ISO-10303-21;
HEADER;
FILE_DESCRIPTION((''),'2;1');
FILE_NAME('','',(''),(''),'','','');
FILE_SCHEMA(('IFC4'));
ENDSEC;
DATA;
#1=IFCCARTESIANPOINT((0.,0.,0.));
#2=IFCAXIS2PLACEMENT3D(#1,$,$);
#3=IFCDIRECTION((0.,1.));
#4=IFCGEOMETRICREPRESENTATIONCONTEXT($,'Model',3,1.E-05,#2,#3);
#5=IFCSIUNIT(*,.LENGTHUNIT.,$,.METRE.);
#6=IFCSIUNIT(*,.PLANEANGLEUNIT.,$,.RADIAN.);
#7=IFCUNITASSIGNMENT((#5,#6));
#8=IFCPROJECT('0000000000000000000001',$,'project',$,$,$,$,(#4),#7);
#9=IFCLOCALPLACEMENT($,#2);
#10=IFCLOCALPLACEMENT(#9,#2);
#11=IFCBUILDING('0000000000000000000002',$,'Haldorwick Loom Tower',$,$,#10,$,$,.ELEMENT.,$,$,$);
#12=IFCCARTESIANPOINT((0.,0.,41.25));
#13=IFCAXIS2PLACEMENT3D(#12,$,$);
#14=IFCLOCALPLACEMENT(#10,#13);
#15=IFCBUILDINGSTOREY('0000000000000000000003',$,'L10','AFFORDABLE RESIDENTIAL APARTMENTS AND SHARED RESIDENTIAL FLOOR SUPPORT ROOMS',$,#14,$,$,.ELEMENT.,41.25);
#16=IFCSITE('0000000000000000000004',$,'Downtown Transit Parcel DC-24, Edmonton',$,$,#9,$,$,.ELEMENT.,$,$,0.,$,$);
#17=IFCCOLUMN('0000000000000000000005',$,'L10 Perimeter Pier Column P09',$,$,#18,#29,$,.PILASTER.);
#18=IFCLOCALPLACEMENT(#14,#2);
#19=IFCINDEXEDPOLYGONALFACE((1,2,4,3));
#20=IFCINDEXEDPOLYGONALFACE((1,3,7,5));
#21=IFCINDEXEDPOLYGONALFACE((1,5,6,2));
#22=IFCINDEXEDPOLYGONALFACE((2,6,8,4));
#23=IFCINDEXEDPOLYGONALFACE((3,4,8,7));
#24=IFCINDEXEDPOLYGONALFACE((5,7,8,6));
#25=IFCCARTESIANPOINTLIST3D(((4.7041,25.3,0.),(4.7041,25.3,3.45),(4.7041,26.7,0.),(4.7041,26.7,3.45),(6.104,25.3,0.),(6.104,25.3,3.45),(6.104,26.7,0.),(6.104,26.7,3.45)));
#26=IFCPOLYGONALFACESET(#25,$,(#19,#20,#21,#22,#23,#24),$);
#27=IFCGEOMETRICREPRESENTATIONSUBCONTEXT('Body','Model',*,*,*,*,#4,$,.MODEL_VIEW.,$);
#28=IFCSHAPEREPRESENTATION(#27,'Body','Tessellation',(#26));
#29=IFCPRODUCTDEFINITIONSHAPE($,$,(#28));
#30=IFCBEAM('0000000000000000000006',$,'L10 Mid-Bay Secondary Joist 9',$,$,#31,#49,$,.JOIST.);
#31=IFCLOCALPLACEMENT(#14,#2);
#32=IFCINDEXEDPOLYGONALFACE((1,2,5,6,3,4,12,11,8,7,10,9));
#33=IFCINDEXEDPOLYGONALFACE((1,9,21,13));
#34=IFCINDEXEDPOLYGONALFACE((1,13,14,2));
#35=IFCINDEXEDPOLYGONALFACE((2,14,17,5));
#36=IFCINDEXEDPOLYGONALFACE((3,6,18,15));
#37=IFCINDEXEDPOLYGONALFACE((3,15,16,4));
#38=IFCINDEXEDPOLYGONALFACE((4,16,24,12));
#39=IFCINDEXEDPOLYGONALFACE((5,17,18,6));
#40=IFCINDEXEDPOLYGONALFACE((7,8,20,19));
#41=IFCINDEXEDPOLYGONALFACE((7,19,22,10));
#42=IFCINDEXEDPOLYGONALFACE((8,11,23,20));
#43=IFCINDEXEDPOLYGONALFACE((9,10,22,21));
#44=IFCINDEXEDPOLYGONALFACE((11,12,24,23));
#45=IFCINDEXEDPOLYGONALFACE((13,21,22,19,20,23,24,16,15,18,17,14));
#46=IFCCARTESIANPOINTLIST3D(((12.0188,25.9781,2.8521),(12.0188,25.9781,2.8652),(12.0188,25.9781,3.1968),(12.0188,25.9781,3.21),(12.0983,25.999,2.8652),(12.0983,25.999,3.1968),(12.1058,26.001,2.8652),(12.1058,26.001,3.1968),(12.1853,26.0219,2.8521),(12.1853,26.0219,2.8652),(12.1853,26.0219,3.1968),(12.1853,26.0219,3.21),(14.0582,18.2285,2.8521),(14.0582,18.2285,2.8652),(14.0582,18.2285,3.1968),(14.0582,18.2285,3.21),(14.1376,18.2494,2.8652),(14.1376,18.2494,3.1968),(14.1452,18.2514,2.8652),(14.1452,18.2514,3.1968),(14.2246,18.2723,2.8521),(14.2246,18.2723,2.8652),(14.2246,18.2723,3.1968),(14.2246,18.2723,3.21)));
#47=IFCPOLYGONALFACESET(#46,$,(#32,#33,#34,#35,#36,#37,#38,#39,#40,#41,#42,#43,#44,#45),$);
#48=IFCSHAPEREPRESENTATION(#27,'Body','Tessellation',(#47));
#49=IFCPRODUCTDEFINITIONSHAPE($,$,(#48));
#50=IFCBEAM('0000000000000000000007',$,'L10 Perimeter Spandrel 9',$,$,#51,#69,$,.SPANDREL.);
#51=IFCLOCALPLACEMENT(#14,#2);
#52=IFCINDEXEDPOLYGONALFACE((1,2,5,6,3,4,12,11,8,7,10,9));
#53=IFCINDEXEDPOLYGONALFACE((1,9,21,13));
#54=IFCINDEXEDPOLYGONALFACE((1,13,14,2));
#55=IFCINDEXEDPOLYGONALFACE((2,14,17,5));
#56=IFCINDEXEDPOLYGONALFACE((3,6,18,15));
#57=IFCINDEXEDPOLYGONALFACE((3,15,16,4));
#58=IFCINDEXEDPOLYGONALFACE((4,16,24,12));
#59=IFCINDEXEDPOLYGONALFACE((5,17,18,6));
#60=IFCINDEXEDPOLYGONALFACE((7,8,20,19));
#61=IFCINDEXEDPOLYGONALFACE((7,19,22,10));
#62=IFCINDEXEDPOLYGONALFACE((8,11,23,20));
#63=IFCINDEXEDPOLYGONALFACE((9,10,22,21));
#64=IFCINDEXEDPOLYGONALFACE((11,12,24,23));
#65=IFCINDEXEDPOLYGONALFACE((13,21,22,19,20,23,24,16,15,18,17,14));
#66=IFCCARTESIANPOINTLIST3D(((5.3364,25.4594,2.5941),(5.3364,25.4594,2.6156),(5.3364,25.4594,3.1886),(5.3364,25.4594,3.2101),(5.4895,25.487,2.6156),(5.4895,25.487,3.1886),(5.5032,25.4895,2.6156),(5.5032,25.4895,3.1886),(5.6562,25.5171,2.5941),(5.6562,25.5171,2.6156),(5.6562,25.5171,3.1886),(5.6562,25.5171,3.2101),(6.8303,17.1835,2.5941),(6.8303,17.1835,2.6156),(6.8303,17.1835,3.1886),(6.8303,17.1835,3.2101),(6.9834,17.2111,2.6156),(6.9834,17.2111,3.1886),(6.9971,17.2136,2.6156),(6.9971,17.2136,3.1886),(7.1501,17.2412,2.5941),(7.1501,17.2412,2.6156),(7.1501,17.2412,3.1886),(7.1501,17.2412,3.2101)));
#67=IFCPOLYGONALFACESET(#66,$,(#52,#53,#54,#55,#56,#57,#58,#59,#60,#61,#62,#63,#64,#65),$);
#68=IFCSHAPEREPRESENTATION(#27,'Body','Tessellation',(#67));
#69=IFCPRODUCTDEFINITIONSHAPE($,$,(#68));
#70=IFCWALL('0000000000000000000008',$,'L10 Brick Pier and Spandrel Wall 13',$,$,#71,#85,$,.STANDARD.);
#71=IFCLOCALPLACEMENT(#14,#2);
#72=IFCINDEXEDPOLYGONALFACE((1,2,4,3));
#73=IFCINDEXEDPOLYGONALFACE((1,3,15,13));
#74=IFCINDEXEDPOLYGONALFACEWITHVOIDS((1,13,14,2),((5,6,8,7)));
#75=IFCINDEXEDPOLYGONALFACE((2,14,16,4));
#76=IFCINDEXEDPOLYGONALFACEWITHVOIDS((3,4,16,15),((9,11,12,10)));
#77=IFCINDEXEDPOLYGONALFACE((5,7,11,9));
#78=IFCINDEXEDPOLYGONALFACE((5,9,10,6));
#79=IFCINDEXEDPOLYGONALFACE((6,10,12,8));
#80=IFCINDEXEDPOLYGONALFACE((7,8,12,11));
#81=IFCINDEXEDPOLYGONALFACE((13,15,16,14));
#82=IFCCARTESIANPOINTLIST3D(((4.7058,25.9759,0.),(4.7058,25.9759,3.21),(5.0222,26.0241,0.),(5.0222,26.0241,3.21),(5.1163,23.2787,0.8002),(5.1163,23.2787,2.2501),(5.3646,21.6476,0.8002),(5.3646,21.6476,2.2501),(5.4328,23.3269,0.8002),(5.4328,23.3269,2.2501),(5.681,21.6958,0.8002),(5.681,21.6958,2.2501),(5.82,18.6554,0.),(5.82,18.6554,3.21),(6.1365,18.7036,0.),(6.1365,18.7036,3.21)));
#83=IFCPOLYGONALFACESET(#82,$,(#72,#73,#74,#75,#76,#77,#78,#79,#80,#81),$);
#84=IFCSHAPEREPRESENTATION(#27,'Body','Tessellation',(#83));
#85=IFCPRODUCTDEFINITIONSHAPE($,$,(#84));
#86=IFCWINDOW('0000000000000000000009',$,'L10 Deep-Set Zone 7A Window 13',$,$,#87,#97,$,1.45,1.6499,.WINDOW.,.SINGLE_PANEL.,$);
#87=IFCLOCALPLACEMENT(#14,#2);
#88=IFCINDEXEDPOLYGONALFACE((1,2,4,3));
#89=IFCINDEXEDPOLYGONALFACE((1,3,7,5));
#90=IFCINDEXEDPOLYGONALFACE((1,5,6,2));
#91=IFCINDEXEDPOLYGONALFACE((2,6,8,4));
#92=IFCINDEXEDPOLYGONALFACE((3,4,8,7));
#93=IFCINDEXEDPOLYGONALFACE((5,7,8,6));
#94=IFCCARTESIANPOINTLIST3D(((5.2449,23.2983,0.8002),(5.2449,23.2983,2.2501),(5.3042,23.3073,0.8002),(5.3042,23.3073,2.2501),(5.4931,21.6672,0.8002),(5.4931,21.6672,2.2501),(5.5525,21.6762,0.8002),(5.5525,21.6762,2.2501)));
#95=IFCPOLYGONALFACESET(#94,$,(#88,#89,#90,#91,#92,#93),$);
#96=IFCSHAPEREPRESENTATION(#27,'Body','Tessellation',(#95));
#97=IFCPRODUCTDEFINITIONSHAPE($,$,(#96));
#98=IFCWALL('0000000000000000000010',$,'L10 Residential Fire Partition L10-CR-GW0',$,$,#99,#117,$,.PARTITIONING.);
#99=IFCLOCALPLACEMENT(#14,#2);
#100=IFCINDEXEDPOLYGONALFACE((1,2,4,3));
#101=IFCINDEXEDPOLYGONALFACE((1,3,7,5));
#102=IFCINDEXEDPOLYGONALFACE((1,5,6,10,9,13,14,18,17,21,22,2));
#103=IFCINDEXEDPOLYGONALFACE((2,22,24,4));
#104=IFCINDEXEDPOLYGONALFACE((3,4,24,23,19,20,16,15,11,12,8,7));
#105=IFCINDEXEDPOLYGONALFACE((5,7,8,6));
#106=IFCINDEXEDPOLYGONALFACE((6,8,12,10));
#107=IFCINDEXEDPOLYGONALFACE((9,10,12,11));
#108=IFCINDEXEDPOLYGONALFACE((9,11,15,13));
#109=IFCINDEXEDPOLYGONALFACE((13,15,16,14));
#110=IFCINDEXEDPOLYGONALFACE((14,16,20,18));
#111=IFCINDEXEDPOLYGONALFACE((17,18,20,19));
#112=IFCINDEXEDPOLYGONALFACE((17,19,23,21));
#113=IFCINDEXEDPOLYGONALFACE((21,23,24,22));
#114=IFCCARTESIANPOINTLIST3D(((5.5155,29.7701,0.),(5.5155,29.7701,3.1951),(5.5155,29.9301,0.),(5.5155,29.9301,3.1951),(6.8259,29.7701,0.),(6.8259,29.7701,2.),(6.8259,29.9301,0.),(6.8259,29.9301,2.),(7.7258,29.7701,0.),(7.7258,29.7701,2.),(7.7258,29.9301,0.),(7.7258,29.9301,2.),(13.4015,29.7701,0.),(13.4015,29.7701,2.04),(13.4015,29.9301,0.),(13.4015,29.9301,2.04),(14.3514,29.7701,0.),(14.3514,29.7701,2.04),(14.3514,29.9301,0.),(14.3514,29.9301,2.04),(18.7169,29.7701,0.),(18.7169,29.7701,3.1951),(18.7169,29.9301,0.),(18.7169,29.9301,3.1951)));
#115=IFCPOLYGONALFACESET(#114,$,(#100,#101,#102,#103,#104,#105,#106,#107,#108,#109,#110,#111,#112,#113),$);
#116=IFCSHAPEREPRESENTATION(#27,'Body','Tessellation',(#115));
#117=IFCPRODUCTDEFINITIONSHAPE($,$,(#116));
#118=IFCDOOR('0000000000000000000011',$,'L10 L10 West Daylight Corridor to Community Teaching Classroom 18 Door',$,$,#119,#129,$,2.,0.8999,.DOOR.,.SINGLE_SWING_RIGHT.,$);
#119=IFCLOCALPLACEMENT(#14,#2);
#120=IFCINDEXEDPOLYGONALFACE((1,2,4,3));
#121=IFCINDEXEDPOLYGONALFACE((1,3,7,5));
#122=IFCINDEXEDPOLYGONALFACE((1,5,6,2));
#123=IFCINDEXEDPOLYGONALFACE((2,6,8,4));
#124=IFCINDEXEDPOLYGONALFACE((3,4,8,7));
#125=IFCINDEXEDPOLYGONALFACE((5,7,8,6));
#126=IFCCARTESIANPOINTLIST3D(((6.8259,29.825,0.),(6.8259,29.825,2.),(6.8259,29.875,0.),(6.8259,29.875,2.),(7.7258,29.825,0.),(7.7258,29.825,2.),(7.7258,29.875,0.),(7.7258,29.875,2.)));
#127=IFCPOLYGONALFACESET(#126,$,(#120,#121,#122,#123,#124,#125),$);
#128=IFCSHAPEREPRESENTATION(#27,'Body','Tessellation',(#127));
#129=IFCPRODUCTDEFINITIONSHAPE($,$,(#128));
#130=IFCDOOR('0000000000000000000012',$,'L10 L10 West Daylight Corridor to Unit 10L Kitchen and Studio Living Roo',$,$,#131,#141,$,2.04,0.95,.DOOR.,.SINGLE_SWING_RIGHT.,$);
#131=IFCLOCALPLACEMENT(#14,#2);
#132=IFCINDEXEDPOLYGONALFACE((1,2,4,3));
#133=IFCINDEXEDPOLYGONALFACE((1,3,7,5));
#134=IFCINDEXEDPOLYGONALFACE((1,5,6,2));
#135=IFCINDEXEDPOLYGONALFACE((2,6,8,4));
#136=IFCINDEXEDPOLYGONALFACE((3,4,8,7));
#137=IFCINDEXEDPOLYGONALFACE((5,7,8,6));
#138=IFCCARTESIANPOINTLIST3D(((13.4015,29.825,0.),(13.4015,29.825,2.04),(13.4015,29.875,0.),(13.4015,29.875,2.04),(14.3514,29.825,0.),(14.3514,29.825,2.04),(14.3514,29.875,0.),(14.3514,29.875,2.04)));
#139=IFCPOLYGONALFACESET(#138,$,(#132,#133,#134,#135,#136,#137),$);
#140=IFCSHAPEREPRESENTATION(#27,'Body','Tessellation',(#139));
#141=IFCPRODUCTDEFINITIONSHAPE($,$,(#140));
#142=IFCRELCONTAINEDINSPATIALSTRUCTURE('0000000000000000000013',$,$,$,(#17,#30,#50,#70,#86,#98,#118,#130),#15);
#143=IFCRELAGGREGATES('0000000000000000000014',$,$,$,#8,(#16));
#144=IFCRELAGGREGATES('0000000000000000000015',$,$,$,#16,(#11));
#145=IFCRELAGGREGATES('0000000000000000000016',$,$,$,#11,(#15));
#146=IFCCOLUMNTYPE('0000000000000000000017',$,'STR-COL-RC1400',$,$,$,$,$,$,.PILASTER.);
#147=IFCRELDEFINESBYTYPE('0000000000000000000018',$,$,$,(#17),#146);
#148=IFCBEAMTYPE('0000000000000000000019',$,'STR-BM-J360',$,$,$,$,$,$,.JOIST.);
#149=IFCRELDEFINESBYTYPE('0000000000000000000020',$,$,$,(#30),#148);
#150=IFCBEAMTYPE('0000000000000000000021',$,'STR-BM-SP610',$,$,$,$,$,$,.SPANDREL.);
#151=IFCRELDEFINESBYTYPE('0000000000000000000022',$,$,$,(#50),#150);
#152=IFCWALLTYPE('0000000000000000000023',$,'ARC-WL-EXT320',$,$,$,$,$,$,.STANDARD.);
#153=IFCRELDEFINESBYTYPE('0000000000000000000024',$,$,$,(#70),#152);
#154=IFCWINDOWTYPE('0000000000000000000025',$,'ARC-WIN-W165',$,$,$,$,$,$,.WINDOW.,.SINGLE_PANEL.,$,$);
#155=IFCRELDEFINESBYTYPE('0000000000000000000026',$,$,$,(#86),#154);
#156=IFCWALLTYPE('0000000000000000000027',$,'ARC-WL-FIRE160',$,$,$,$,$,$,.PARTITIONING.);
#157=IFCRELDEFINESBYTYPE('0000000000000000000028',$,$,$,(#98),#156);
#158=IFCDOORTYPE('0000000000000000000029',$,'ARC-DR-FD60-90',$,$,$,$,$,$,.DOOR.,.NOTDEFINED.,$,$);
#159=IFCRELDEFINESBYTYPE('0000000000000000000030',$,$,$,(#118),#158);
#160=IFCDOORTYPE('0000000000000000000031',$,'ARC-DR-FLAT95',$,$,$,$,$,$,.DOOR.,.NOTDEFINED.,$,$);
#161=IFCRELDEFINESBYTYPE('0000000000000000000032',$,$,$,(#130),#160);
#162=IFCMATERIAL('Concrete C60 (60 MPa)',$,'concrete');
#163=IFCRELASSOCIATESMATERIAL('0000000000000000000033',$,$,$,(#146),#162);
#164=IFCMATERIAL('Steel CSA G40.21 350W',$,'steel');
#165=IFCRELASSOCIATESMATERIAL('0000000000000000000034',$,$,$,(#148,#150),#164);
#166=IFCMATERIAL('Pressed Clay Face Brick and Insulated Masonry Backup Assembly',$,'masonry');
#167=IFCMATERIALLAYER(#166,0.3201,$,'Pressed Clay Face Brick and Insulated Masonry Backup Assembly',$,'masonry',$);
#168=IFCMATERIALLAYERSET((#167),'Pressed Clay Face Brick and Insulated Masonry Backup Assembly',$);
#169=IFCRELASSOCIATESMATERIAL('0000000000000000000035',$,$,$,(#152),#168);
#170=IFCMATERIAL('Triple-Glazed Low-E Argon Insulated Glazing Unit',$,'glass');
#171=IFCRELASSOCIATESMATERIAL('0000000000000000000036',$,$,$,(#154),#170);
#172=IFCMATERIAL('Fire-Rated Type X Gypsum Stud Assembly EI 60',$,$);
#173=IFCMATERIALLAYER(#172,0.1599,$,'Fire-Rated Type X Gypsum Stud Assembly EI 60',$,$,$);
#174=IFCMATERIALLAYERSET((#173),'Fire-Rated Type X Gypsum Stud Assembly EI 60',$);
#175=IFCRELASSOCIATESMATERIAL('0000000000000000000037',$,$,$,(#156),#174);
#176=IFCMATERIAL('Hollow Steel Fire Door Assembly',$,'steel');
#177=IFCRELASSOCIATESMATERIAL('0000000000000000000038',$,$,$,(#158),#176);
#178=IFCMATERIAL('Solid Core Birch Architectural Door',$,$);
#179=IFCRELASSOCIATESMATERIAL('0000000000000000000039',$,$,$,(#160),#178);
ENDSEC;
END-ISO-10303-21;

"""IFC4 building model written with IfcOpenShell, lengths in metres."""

from ifc_helpers import new_model, si_unit, direction, frame, frame_2d, origin, origin_2d, place, context, subcontext, project, spatial, rectangle, i_section, extrude, material, layer, layer_set, material_profile, profile_set, type_object, element, fill, save


model = new_model("IFC4")

# Units and contexts
model_context = context("Model", 3, precision=1e-05, world=origin(), true_north=direction((0.0, 1.0)))
body_context = subcontext(model_context, "Body", "Model", "MODEL_VIEW")
ifc_project = project(units=[si_unit("LENGTHUNIT", "METRE"), si_unit("PLANEANGLEUNIT", "RADIAN")], contexts=[model_context])

# Site, building, storey
site_placement = place(None, origin())
site = spatial("IfcSite", under=ifc_project, at=site_placement, Name="Downtown Transit Parcel DC-24, Edmonton", CompositionType="ELEMENT", RefElevation=0.0)
building_placement = place(site_placement, origin())
building = spatial("IfcBuilding", under=site, at=building_placement, Name="Haldorwick Loom Tower", CompositionType="ELEMENT")
storey_placement = place(building_placement, frame((0.0, 0.0, 41.25)))
storey = spatial("IfcBuildingStorey", under=building, at=storey_placement, Name="L10", Description="AFFORDABLE RESIDENTIAL APARTMENTS AND SHARED RESIDENTIAL FLOOR SUPPORT ROOMS", CompositionType="ELEMENT", Elevation=41.25)

# Column
ifc_material_1 = material(Name="Concrete C60 (60 MPa)", Category="concrete")
ifc_material_profile_1 = material_profile(ifc_material_1, rectangle(XDim=1.3999, YDim=1.3999, at=origin_2d()), Name="RC1400X1400", Category="concrete")
ifc_profile_set_1 = profile_set([ifc_material_profile_1], Name="Concrete C60 (60 MPa)")
column_type = type_object("IfcColumnType", Name="STR-COL-RC1400", PredefinedType="PILASTER", material=ifc_profile_set_1)
column_placement = place(storey_placement, frame((5.4041, 26.0, 0.0), z_axis=(0.0, 0.0, 1.0), x_axis=(-1.0, 0.0, 0.0)))
element("IfcColumn", 1, at=column_placement, inside=storey, type_object=column_type, Name="L10 Perimeter Pier Column P09", PredefinedType="PILASTER", context=body_context, shape_type="SweptSolid", body=[
    extrude(rectangle(XDim=1.3999, YDim=1.3999, at=origin_2d()), origin(), (0.0, 0.0, 1.0), 3.45),
])

# Beams
ifc_material_2 = material(Name="Steel CSA G40.21 350W", Category="steel")
ifc_material_profile_2 = material_profile(ifc_material_2, i_section(OverallWidth=0.1721, OverallDepth=0.3579, WebThickness=0.0078, FlangeThickness=0.0132, at=origin_2d()), Name="W360X57", Category="steel")
ifc_profile_set_2 = profile_set([ifc_material_profile_2], Name="Steel CSA G40.21 350W")
beam_type_1 = type_object("IfcBeamType", Name="STR-BM-J360", PredefinedType="JOIST", material=ifc_profile_set_2)
beam_1_placement = place(storey_placement, frame((12.1021, 26.0, 3.031), z_axis=(0.254489, -0.967076, 0.0), x_axis=(0.967076, 0.254489, 0.0)))
element("IfcBeam", 2, at=beam_1_placement, inside=storey, type_object=beam_type_1, Name="L10 Mid-Bay Secondary Joist 9", PredefinedType="JOIST", context=body_context, shape_type="SweptSolid", body=[
    extrude(i_section(OverallWidth=0.1721, OverallDepth=0.3579, WebThickness=0.0078, FlangeThickness=0.0132, at=origin_2d()), origin(), (0.0, 0.0, 1.0), 8.0134),
])
ifc_material_profile_3 = material_profile(ifc_material_2, i_section(OverallWidth=0.325, OverallDepth=0.616, WebThickness=0.0139, FlangeThickness=0.0215, at=origin_2d()), Name="W610X174", Category="steel")
ifc_profile_set_3 = profile_set([ifc_material_profile_3], Name="Steel CSA G40.21 350W")
beam_type_2 = type_object("IfcBeamType", Name="STR-BM-SP610", PredefinedType="SPANDREL", material=ifc_profile_set_3)
beam_2_placement = place(storey_placement, frame((5.4963, 25.4883, 2.9021), z_axis=(0.177641, -0.984095, 0.0), x_axis=(0.984095, 0.177641, 0.0)))
element("IfcBeam", 3, at=beam_2_placement, inside=storey, type_object=beam_type_2, Name="L10 Perimeter Spandrel 9", PredefinedType="SPANDREL", context=body_context, shape_type="SweptSolid", body=[
    extrude(i_section(OverallWidth=0.325, OverallDepth=0.616, WebThickness=0.0139, FlangeThickness=0.0215, at=origin_2d()), origin(), (0.0, 0.0, 1.0), 8.4097),
])

# Wall, opening, window
ifc_material_3 = material(Name="Pressed Clay Face Brick and Insulated Masonry Backup Assembly", Category="masonry")
ifc_layer_1 = layer(ifc_material_3, 0.3201, Name="Pressed Clay Face Brick and Insulated Masonry Backup Assembly", Category="masonry")
ifc_layer_set_1 = layer_set([ifc_layer_1], Name="Pressed Clay Face Brick and Insulated Masonry Backup Assembly")
wall_type_1 = type_object("IfcWallType", Name="ARC-WL-EXT320", PredefinedType="STANDARD", material=ifc_layer_set_1)
wall_1_placement = place(storey_placement, frame((4.864, 26.0, 0.0), z_axis=(0.0, 0.0, 1.0), x_axis=(0.150476, -0.988614, 0.0)))
wall_1 = element("IfcWall", 4, at=wall_1_placement, inside=storey, type_object=wall_type_1, Name="L10 Brick Pier and Spandrel Wall 13", PredefinedType="STANDARD", context=body_context, shape_type="SweptSolid", body=[
    extrude(rectangle(XDim=7.4048, YDim=0.3201, at=frame_2d((3.7024, 0.0))), origin(), (0.0, 0.0, 1.0), 3.21),
])
opening_1_placement = place(wall_1_placement, frame((2.7283, 0.0, 0.8)))
opening_1 = element("IfcOpeningElement", 5, at=opening_1_placement, cuts=wall_1, PredefinedType="OPENING", context=body_context, shape_type="SweptSolid", body=[
    extrude(rectangle(XDim=1.6499, YDim=1.45, at=frame_2d((0.825, 0.7251))), frame((0.0, 0.1699, 0.0), z_axis=(0.0, -1.0, 0.0), x_axis=(1.0, 0.0, 0.0)), (0.0, 0.0, 1.0), 0.3401),
])
ifc_material_4 = material(Name="Triple-Glazed Low-E Argon Insulated Glazing Unit", Category="glass")
window_type = type_object("IfcWindowType", Name="ARC-WIN-W165", PartitioningType="SINGLE_PANEL", PredefinedType="WINDOW", material=ifc_material_4)
window_placement = place(opening_1_placement, origin())
window = element("IfcWindow", 6, at=window_placement, inside=storey, type_object=window_type, Name="L10 Deep-Set Zone 7A Window 13", OverallHeight=1.45, OverallWidth=1.6499, PartitioningType="SINGLE_PANEL", PredefinedType="WINDOW", context=body_context, shape_type="SweptSolid", body=[
    extrude(rectangle(XDim=1.6499, YDim=1.45, at=frame_2d((0.825, 0.7251))), frame((0.0, 0.03, 0.0), z_axis=(0.0, -1.0, 0.0), x_axis=(1.0, 0.0, 0.0)), (0.0, 0.0, 1.0), 0.0601),
])
fill(opening_1, window)

# Wall, openings, doors
ifc_material_5 = material(Name="Fire-Rated Type X Gypsum Stud Assembly EI 60")
ifc_layer_2 = layer(ifc_material_5, 0.1599, Name="Fire-Rated Type X Gypsum Stud Assembly EI 60")
ifc_layer_set_2 = layer_set([ifc_layer_2], Name="Fire-Rated Type X Gypsum Stud Assembly EI 60")
wall_type_2 = type_object("IfcWallType", Name="ARC-WL-FIRE160", PredefinedType="PARTITIONING", material=ifc_layer_set_2)
wall_2_placement = place(storey_placement, frame((5.5156, 29.8501, 0.0), z_axis=(0.0, 0.0, 1.0), x_axis=(1.0, 0.0, 0.0)))
wall_2 = element("IfcWall", 7, at=wall_2_placement, inside=storey, type_object=wall_type_2, Name="L10 Residential Fire Partition L10-CR-GW0", PredefinedType="PARTITIONING", context=body_context, shape_type="SweptSolid", body=[
    extrude(rectangle(XDim=13.2014, YDim=0.1599, at=frame_2d((6.6006, 0.0))), origin(), (0.0, 0.0, 1.0), 3.1951),
])
opening_2_placement = place(wall_2_placement, frame((7.8857, 0.0, 0.0)))
opening_2 = element("IfcOpeningElement", 8, at=opening_2_placement, cuts=wall_2, PredefinedType="OPENING", context=body_context, shape_type="SweptSolid", body=[
    extrude(rectangle(XDim=0.95, YDim=2.04, at=frame_2d((0.4751, 1.02))), frame((0.0, 0.0898, 0.0), z_axis=(0.0, -1.0, 0.0), x_axis=(1.0, 0.0, 0.0)), (0.0, 0.0, 1.0), 0.1799),
])
opening_3_placement = place(wall_2_placement, frame((1.3103, 0.0, 0.0)))
opening_3 = element("IfcOpeningElement", 9, at=opening_3_placement, cuts=wall_2, PredefinedType="OPENING", context=body_context, shape_type="SweptSolid", body=[
    extrude(rectangle(XDim=0.8999, YDim=2.0, at=frame_2d((0.45, 1.0))), frame((0.0, 0.0898, 0.0), z_axis=(0.0, -1.0, 0.0), x_axis=(1.0, 0.0, 0.0)), (0.0, 0.0, 1.0), 0.1799),
])
ifc_material_6 = material(Name="Hollow Steel Fire Door Assembly", Category="steel")
door_type_1 = type_object("IfcDoorType", Name="ARC-DR-FD60-90", OperationType="NOTDEFINED", PredefinedType="DOOR", material=ifc_material_6)
door_1_placement = place(opening_3_placement, origin())
door_1 = element("IfcDoor", 10, at=door_1_placement, inside=storey, type_object=door_type_1, Name="L10 L10 West Daylight Corridor to Community Teaching Classroom 18 Door", OperationType="SINGLE_SWING_RIGHT", OverallHeight=2.0, OverallWidth=0.8999, PredefinedType="DOOR", context=body_context, shape_type="SweptSolid", body=[
    extrude(rectangle(XDim=0.8999, YDim=2.0, at=frame_2d((0.45, 1.0))), frame((0.0, 0.0249, 0.0), z_axis=(0.0, -1.0, 0.0), x_axis=(1.0, 0.0, 0.0)), (0.0, 0.0, 1.0), 0.05),
])
fill(opening_3, door_1)
ifc_material_7 = material(Name="Solid Core Birch Architectural Door")
door_type_2 = type_object("IfcDoorType", Name="ARC-DR-FLAT95", OperationType="NOTDEFINED", PredefinedType="DOOR", material=ifc_material_7)
door_2_placement = place(opening_2_placement, origin())
door_2 = element("IfcDoor", 11, at=door_2_placement, inside=storey, type_object=door_type_2, Name="L10 L10 West Daylight Corridor to Unit 10L Kitchen and Studio Living Roo", OperationType="SINGLE_SWING_RIGHT", OverallHeight=2.04, OverallWidth=0.95, PredefinedType="DOOR", context=body_context, shape_type="SweptSolid", body=[
    extrude(rectangle(XDim=0.95, YDim=2.04, at=frame_2d((0.4751, 1.02))), frame((0.0, 0.0249, 0.0), z_axis=(0.0, -1.0, 0.0), x_axis=(1.0, 0.0, 0.0)), (0.0, 0.0, 1.0), 0.05),
])
fill(opening_2, door_2)

save(model, "model.ifc")
